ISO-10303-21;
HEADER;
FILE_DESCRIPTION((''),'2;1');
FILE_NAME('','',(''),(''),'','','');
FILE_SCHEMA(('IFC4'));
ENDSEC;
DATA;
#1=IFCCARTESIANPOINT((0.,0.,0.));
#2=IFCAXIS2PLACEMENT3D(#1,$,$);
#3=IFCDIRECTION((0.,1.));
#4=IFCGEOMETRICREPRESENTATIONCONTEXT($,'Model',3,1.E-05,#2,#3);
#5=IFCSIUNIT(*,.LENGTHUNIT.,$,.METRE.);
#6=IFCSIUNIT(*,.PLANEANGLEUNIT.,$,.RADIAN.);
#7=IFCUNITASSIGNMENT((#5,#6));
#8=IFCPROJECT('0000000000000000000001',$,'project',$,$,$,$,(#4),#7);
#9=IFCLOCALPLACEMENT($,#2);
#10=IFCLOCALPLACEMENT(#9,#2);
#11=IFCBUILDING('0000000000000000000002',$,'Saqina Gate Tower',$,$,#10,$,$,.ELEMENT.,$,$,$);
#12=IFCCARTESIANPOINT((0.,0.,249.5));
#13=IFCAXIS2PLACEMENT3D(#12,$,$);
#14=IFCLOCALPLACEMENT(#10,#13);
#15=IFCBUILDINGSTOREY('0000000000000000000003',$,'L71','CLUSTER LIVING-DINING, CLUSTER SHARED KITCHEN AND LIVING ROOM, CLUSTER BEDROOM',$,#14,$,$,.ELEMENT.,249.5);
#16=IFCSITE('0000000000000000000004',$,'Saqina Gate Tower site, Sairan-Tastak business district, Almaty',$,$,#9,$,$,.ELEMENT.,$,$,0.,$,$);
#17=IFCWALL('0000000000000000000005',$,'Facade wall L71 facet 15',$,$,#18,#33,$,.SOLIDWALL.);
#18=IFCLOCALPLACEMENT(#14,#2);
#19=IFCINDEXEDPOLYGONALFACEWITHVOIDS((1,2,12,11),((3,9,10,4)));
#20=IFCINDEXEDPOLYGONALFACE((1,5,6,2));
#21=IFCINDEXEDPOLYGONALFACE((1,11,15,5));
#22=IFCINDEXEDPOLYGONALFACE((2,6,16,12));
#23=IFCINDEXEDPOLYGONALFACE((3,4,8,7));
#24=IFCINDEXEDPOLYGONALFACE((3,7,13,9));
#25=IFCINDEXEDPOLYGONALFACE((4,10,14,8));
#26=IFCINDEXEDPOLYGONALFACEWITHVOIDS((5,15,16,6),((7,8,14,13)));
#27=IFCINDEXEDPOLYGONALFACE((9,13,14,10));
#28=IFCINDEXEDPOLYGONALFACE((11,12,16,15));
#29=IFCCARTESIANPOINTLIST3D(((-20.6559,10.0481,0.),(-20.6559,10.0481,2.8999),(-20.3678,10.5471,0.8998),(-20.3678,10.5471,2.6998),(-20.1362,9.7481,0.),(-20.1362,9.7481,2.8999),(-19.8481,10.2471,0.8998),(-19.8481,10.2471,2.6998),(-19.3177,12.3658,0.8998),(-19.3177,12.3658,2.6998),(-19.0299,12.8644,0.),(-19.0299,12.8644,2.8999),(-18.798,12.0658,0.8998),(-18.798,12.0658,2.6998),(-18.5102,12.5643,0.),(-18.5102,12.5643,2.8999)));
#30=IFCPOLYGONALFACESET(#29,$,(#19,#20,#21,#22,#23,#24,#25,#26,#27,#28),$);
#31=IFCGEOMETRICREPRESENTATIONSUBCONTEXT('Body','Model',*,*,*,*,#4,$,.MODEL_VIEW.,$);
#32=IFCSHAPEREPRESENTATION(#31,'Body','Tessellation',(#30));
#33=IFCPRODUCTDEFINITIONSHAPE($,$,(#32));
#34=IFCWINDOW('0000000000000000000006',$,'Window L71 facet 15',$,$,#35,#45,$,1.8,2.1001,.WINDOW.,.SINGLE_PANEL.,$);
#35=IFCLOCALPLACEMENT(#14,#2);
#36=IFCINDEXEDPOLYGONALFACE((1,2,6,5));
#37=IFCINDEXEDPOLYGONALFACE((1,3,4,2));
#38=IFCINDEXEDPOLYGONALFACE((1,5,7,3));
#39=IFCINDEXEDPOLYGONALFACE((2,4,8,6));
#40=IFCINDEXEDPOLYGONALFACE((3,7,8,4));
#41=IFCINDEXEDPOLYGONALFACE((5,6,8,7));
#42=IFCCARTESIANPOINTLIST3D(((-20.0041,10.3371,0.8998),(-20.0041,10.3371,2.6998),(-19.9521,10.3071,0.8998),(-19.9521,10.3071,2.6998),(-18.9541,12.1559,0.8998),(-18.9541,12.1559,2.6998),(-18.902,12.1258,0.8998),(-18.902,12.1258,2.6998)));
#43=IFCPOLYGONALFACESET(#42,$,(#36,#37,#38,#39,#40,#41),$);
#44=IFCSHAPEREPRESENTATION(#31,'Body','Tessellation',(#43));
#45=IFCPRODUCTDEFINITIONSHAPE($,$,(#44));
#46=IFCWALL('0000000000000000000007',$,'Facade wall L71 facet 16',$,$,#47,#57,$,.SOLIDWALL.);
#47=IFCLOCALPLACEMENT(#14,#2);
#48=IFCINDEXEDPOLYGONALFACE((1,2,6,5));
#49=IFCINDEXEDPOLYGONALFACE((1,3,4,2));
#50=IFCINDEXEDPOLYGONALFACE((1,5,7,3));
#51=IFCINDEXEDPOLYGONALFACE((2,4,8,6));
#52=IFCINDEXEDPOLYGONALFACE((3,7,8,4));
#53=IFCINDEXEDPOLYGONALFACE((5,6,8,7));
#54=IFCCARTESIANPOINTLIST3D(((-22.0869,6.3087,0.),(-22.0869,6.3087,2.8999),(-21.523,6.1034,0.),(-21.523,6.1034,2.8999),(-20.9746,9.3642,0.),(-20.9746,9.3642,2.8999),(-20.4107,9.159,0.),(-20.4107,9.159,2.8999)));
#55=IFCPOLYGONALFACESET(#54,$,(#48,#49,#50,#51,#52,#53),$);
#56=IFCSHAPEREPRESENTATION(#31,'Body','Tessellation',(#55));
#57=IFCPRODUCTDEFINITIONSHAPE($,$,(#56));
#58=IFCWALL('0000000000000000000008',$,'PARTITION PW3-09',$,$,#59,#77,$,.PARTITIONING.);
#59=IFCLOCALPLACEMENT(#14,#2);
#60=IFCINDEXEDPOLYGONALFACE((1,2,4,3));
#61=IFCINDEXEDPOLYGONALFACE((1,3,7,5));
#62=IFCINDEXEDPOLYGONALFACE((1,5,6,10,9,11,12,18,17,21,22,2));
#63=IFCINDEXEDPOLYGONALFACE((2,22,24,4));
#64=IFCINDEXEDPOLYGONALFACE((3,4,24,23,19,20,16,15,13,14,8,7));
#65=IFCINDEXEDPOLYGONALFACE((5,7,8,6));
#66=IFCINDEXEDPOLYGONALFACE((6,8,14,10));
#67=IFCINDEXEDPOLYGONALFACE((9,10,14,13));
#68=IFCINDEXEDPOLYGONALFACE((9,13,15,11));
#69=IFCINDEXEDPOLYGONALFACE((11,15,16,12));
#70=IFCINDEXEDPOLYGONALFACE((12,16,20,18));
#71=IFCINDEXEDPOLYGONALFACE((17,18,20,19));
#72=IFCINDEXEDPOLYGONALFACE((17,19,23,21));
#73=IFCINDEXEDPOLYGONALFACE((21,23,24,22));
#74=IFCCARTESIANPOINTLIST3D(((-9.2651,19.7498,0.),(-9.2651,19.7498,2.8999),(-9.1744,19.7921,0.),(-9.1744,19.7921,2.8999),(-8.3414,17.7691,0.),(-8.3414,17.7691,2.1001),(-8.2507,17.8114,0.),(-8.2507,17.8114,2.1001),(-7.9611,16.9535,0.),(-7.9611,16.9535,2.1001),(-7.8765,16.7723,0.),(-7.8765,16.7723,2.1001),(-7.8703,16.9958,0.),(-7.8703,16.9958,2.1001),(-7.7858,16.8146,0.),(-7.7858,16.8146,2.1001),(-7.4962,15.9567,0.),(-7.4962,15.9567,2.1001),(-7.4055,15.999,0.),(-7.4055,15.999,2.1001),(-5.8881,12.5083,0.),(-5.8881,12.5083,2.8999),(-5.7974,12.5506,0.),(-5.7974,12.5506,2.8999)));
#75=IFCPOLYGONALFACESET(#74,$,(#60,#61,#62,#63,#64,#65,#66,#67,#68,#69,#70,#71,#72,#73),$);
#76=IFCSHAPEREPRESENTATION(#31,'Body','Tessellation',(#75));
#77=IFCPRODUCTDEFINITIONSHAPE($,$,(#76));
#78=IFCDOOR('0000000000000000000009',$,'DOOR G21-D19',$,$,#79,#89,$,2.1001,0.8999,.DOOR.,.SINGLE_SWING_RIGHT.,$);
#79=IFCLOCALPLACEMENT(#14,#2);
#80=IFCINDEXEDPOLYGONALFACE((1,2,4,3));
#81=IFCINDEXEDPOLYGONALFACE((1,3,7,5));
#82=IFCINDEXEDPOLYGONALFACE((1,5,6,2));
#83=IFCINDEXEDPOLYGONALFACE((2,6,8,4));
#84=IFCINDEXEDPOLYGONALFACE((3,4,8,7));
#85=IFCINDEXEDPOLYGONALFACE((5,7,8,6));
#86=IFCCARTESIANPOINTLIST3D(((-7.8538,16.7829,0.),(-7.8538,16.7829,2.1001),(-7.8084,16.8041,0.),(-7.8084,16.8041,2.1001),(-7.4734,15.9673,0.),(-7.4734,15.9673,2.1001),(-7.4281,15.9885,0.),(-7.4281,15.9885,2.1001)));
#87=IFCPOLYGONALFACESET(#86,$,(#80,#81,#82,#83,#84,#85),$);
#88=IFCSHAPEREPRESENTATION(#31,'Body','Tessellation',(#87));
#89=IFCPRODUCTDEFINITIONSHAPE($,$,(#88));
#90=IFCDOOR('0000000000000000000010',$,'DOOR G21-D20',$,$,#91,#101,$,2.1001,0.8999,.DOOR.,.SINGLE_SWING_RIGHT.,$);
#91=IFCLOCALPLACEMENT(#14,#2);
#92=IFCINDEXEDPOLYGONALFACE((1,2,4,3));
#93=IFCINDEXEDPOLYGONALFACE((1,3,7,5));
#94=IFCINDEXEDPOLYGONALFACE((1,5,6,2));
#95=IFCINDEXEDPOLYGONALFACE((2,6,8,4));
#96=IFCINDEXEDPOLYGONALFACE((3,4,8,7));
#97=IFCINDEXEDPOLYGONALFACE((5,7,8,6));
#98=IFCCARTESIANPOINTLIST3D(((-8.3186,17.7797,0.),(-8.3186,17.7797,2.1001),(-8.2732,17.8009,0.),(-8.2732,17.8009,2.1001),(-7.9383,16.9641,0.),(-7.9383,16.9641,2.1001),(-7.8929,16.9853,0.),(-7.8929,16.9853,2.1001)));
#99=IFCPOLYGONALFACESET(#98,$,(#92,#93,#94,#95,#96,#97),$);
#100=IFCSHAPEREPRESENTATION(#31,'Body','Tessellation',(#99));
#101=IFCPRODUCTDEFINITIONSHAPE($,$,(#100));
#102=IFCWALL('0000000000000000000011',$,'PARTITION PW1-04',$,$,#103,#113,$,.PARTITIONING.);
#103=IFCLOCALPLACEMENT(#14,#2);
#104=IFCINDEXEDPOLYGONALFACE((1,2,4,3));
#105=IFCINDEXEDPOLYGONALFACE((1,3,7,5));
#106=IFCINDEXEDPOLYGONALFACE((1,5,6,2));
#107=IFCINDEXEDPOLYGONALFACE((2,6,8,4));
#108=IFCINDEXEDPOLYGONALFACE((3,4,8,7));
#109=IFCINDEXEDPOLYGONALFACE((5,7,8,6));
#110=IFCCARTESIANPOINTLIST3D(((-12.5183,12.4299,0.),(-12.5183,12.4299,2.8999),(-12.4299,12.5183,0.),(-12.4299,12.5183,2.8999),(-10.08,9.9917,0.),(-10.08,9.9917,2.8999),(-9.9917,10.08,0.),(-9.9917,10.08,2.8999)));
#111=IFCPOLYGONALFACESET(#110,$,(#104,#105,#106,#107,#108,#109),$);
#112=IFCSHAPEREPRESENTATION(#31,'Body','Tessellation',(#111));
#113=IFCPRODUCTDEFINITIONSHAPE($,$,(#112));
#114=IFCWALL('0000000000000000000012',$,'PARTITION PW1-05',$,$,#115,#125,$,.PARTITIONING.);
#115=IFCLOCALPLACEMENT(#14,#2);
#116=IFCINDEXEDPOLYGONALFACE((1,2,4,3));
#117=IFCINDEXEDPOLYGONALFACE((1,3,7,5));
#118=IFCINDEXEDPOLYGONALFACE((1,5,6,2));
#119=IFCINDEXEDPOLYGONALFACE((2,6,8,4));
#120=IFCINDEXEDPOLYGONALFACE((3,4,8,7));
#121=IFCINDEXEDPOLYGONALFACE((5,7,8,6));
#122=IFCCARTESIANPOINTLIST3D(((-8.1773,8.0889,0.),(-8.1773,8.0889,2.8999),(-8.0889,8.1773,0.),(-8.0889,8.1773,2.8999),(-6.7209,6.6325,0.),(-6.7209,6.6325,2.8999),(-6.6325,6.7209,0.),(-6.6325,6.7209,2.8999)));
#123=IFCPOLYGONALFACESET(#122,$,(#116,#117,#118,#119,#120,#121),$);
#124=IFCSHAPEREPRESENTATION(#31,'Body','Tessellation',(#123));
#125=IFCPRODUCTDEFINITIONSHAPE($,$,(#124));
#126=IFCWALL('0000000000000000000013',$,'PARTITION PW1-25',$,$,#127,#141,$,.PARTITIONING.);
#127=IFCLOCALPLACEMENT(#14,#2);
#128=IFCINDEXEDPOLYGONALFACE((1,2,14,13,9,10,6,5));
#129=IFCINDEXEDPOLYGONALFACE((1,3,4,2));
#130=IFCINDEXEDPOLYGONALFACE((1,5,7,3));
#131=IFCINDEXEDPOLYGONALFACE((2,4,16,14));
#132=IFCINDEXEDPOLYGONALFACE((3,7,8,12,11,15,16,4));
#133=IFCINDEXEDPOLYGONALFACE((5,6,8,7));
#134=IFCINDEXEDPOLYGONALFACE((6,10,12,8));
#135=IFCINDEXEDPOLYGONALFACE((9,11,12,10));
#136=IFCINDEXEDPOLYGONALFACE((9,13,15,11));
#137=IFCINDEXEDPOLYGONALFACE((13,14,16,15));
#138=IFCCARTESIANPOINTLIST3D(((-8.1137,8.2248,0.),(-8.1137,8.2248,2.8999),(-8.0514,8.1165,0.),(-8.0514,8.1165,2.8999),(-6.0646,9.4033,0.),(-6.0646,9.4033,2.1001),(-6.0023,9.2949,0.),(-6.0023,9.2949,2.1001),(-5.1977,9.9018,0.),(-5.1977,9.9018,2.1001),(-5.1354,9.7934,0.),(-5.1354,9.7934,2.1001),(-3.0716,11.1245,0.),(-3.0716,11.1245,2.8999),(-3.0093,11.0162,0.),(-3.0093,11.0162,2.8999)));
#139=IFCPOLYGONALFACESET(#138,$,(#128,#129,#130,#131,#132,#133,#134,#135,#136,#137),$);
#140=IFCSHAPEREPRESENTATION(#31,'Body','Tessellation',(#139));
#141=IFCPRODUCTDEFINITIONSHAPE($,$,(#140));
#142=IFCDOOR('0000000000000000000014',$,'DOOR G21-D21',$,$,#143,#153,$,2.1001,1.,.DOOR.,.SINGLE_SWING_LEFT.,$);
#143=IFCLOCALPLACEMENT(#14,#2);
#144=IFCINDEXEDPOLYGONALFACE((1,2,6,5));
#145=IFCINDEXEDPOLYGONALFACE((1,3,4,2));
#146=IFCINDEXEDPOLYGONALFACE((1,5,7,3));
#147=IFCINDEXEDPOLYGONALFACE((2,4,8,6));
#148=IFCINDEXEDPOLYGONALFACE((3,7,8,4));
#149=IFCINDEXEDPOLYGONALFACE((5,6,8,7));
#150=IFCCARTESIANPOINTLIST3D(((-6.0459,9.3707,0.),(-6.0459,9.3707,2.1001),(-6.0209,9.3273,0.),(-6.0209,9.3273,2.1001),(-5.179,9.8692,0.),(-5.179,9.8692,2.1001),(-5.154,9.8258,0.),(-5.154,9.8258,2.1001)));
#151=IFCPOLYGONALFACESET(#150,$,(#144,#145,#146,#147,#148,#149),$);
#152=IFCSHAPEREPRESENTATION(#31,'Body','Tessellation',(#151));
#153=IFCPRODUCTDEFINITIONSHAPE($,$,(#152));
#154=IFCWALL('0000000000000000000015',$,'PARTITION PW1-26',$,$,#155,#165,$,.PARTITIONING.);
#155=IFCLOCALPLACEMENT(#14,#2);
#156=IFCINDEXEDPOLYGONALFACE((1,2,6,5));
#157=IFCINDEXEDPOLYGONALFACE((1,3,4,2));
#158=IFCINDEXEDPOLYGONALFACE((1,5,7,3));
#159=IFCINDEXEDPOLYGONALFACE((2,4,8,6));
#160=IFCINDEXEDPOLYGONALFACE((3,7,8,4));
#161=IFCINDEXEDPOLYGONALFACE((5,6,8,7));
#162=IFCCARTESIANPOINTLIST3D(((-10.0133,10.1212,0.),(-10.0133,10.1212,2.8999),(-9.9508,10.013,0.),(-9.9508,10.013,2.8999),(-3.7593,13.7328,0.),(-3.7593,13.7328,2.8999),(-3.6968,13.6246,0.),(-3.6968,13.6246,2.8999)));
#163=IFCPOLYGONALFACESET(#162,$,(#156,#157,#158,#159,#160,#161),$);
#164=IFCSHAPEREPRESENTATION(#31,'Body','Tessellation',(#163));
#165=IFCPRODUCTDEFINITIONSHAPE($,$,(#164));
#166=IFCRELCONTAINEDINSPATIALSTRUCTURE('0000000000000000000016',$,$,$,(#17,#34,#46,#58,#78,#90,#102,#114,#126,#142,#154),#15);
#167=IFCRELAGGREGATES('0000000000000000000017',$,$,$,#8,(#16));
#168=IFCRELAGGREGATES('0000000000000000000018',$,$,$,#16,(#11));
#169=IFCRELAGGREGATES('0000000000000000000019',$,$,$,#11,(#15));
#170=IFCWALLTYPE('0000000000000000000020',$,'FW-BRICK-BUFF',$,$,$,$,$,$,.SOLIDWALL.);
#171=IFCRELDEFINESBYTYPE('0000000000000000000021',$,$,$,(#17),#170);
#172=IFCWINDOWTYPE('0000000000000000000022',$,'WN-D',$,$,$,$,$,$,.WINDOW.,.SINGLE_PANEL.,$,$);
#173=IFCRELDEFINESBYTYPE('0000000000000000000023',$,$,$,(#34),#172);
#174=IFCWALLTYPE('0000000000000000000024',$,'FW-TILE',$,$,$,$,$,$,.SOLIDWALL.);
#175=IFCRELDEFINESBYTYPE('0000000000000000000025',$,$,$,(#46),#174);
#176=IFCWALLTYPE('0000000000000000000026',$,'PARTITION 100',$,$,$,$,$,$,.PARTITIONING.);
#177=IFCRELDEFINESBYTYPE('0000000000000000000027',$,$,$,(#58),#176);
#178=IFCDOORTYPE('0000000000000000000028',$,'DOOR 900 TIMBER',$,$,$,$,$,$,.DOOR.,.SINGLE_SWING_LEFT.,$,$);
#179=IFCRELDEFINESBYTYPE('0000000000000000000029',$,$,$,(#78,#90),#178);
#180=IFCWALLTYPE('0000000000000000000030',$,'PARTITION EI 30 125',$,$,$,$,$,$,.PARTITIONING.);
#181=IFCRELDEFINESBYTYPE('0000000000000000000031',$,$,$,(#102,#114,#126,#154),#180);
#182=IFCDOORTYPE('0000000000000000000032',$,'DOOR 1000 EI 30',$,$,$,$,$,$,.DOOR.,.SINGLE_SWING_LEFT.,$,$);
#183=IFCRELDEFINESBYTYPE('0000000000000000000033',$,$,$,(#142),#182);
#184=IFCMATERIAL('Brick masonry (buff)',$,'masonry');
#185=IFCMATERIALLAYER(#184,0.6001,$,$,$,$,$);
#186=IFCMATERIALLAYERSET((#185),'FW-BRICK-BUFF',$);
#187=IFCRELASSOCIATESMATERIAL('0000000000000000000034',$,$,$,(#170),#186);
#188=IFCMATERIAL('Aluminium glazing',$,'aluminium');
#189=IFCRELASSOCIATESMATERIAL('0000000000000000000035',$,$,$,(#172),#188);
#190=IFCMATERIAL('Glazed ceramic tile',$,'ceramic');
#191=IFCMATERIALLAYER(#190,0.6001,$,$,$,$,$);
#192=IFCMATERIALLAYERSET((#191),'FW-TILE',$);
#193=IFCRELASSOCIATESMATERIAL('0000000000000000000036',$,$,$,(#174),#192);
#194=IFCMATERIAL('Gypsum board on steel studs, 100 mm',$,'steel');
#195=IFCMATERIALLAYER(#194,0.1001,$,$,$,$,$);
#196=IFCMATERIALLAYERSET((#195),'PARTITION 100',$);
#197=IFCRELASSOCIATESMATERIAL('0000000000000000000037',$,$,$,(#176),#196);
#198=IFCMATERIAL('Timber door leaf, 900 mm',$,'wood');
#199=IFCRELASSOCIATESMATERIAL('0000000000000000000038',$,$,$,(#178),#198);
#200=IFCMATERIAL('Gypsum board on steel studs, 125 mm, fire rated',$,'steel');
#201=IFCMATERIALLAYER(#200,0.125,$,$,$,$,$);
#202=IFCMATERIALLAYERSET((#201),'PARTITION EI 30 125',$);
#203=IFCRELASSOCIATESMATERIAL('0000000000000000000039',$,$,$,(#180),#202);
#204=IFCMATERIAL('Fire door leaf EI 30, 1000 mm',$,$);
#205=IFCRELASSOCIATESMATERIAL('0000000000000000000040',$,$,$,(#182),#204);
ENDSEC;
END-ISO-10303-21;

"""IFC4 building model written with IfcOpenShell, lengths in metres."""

from ifc_helpers import new_model, si_unit, direction, frame, frame_2d, origin, place, context, subcontext, project, spatial, rectangle, extrude, material, layer, layer_set, type_object, element, fill, save


model = new_model("IFC4")

# Units and contexts
model_context = context("Model", 3, precision=1e-05, world=origin(), true_north=direction((0.0, 1.0)))
body_context = subcontext(model_context, "Body", "Model", "MODEL_VIEW")
ifc_project = project(units=[si_unit("LENGTHUNIT", "METRE"), si_unit("PLANEANGLEUNIT", "RADIAN")], contexts=[model_context])

# Site, building, storey
site_placement = place(None, origin())
site = spatial("IfcSite", under=ifc_project, at=site_placement, Name="Saqina Gate Tower site, Sairan-Tastak business district, Almaty", CompositionType="ELEMENT", RefElevation=0.0)
building_placement = place(site_placement, origin())
building = spatial("IfcBuilding", under=site, at=building_placement, Name="Saqina Gate Tower", CompositionType="ELEMENT")
storey_placement = place(building_placement, frame((0.0, 0.0, 249.5)))
storey = spatial("IfcBuildingStorey", under=building, at=storey_placement, Name="L71", Description="CLUSTER LIVING-DINING, CLUSTER SHARED KITCHEN AND LIVING ROOM, CLUSTER BEDROOM", CompositionType="ELEMENT", Elevation=249.5)

# Wall, opening, window
ifc_material_1 = material(Name="Brick masonry (buff)", Category="masonry")
ifc_layer_1 = layer(ifc_material_1, 0.6001)
ifc_layer_set_1 = layer_set([ifc_layer_1], Name="FW-BRICK-BUFF")
wall_type_1 = type_object("IfcWallType", Name="FW-BRICK-BUFF", PredefinedType="SOLIDWALL", material=ifc_layer_set_1)
ifc_material_2 = material(Name="Aluminium glazing", Category="aluminium")
window_type = type_object("IfcWindowType", Name="WN-D", PartitioningType="SINGLE_PANEL", PredefinedType="WINDOW", material=ifc_material_2)
wall_1_placement = place(storey_placement, frame((-18.77, 12.7144, 0.0), z_axis=(0.0, 0.0, 1.0), x_axis=(-0.500015, -0.866017, 0.0)))
wall_1 = element("IfcWall", 1, at=wall_1_placement, inside=storey, type_object=wall_type_1, Name="Facade wall L71 facet 15", PredefinedType="SOLIDWALL", context=body_context, shape_type="SweptSolid", body=[
    extrude(rectangle(XDim=3.252, YDim=0.6001, at=frame_2d((1.626, 0.0))), origin(), (0.0, 0.0, 1.0), 2.8999),
])
opening_1_placement = place(wall_1_placement, frame((0.5757, 0.0, 0.8999)))
opening_1 = element("IfcOpeningElement", 2, at=opening_1_placement, cuts=wall_1, PredefinedType="OPENING", context=body_context, shape_type="SweptSolid", body=[
    extrude(rectangle(XDim=2.1001, YDim=1.8, at=frame_2d((1.05, 0.8999))), frame((0.0, 0.312, 0.0), z_axis=(0.0, -1.0, 0.0), x_axis=(1.0, 0.0, 0.0)), (0.0, 0.0, 1.0), 0.624),
])
window_1_placement = place(opening_1_placement, origin())
window_1 = element("IfcWindow", 3, at=window_1_placement, inside=storey, type_object=window_type, Name="Window L71 facet 15", OverallHeight=1.8, OverallWidth=2.1001, PartitioningType="SINGLE_PANEL", PredefinedType="WINDOW", context=body_context, shape_type="SweptSolid", body=[
    extrude(rectangle(XDim=2.1001, YDim=1.8, at=frame_2d((1.05, 0.8999))), frame((0.0, 0.1799, 0.0), z_axis=(0.0, -1.0, 0.0), x_axis=(1.0, 0.0, 0.0)), (0.0, 0.0, 1.0), 0.0601),
])
fill(opening_1, window_1)

# Wall
ifc_material_3 = material(Name="Glazed ceramic tile", Category="ceramic")
ifc_layer_2 = layer(ifc_material_3, 0.6001)
ifc_layer_set_2 = layer_set([ifc_layer_2], Name="FW-TILE")
wall_type_2 = type_object("IfcWallType", Name="FW-TILE", PredefinedType="SOLIDWALL", material=ifc_layer_set_2)
wall_2_placement = place(storey_placement, frame((-20.6926, 9.2617, 0.0), z_axis=(0.0, 0.0, 1.0), x_axis=(-0.342057, -0.939679, 0.0)))
element("IfcWall", 4, at=wall_2_placement, inside=storey, type_object=wall_type_2, Name="Facade wall L71 facet 16", PredefinedType="SOLIDWALL", context=body_context, shape_type="SweptSolid", body=[
    extrude(rectangle(XDim=3.2517, YDim=0.6001, at=frame_2d((1.626, 0.0))), origin(), (0.0, 0.0, 1.0), 2.8999),
])

# Wall, openings, doors
ifc_material_4 = material(Name="Gypsum board on steel studs, 100 mm", Category="steel")
ifc_layer_3 = layer(ifc_material_4, 0.1001)
ifc_layer_set_3 = layer_set([ifc_layer_3], Name="PARTITION 100")
wall_type_3 = type_object("IfcWallType", Name="PARTITION 100", PredefinedType="PARTITIONING", material=ifc_layer_set_3)
wall_3_placement = place(storey_placement, frame((-9.2197, 19.771, 0.0), z_axis=(0.0, 0.0, 1.0), x_axis=(0.42264, -0.906298, 0.0)))
wall_3 = element("IfcWall", 5, at=wall_3_placement, inside=storey, type_object=wall_type_3, Name="PARTITION PW3-09", PredefinedType="PARTITIONING", context=body_context, shape_type="SweptSolid", body=[
    extrude(rectangle(XDim=7.9902, YDim=0.1001, at=frame_2d((3.9951, 0.0))), origin(), (0.0, 0.0, 1.0), 2.8999),
])
opening_2_placement = place(wall_3_placement, frame((3.2854, 0.0, 0.0)))
opening_2 = element("IfcOpeningElement", 6, at=opening_2_placement, cuts=wall_3, PredefinedType="OPENING", context=body_context, shape_type="SweptSolid", body=[
    extrude(rectangle(XDim=0.8999, YDim=2.1001, at=frame_2d((0.45, 1.05))), frame((0.0, 0.062, 0.0), z_axis=(0.0, -1.0, 0.0), x_axis=(1.0, 0.0, 0.0)), (0.0, 0.0, 1.0), 0.124),
])
opening_3_placement = place(wall_3_placement, frame((2.1855, 0.0, 0.0)))
opening_3 = element("IfcOpeningElement", 7, at=opening_3_placement, cuts=wall_3, PredefinedType="OPENING", context=body_context, shape_type="SweptSolid", body=[
    extrude(rectangle(XDim=0.8999, YDim=2.1001, at=frame_2d((0.45, 1.05))), frame((0.0, 0.062, 0.0), z_axis=(0.0, -1.0, 0.0), x_axis=(1.0, 0.0, 0.0)), (0.0, 0.0, 1.0), 0.124),
])
ifc_material_5 = material(Name="Timber door leaf, 900 mm", Category="wood")
door_type_1 = type_object("IfcDoorType", Name="DOOR 900 TIMBER", OperationType="SINGLE_SWING_LEFT", PredefinedType="DOOR", material=ifc_material_5)
door_1_placement = place(opening_2_placement, frame((0.8999, 0.0, 0.0), z_axis=(0.0, 0.0, 1.0), x_axis=(-1.0, 0.0, 0.0)))
door_1 = element("IfcDoor", 8, at=door_1_placement, inside=storey, type_object=door_type_1, Name="DOOR G21-D19", OperationType="SINGLE_SWING_RIGHT", OverallHeight=2.1001, OverallWidth=0.8999, PredefinedType="DOOR", context=body_context, shape_type="SweptSolid", body=[
    extrude(rectangle(XDim=0.8999, YDim=2.1001, at=frame_2d((0.45, 1.05))), frame((0.0, 0.0249, 0.0), z_axis=(0.0, -1.0, 0.0), x_axis=(1.0, 0.0, 0.0)), (0.0, 0.0, 1.0), 0.05),
])
fill(opening_2, door_1)
door_2_placement = place(opening_3_placement, frame((0.8999, 0.0, 0.0), z_axis=(0.0, 0.0, 1.0), x_axis=(-1.0, 0.0, 0.0)))
door_2 = element("IfcDoor", 9, at=door_2_placement, inside=storey, type_object=door_type_1, Name="DOOR G21-D20", OperationType="SINGLE_SWING_RIGHT", OverallHeight=2.1001, OverallWidth=0.8999, PredefinedType="DOOR", context=body_context, shape_type="SweptSolid", body=[
    extrude(rectangle(XDim=0.8999, YDim=2.1001, at=frame_2d((0.45, 1.05))), frame((0.0, 0.0249, 0.0), z_axis=(0.0, -1.0, 0.0), x_axis=(1.0, 0.0, 0.0)), (0.0, 0.0, 1.0), 0.05),
])
fill(opening_3, door_2)

# Walls
ifc_material_6 = material(Name="Gypsum board on steel studs, 125 mm, fire rated", Category="steel")
ifc_layer_4 = layer(ifc_material_6, 0.125)
ifc_layer_set_4 = layer_set([ifc_layer_4], Name="PARTITION EI 30 125")
wall_type_4 = type_object("IfcWallType", Name="PARTITION EI 30 125", PredefinedType="PARTITIONING", material=ifc_layer_set_4)
wall_4_placement = place(storey_placement, frame((-12.4741, 12.4741, 0.0), z_axis=(0.0, 0.0, 1.0), x_axis=(0.707107, -0.707107, 0.0)))
element("IfcWall", 10, at=wall_4_placement, inside=storey, type_object=wall_type_4, Name="PARTITION PW1-04", PredefinedType="PARTITIONING", context=body_context, shape_type="SweptSolid", body=[
    extrude(rectangle(XDim=3.4482, YDim=0.125, at=frame_2d((1.7241, 0.0))), origin(), (0.0, 0.0, 1.0), 2.8999),
])
wall_5_placement = place(storey_placement, frame((-8.1331, 8.1331, 0.0), z_axis=(0.0, 0.0, 1.0), x_axis=(0.707107, -0.707107, 0.0)))
element("IfcWall", 11, at=wall_5_placement, inside=storey, type_object=wall_type_4, Name="PARTITION PW1-05", PredefinedType="PARTITIONING", context=body_context, shape_type="SweptSolid", body=[
    extrude(rectangle(XDim=2.0596, YDim=0.125, at=frame_2d((1.0298, 0.0))), origin(), (0.0, 0.0, 1.0), 2.8999),
])

# Wall, opening, door
wall_6_placement = place(storey_placement, frame((-8.0825, 8.1707, 0.0), z_axis=(0.0, 0.0, 1.0), x_axis=(0.866868, 0.498537, 0.0)))
wall_6 = element("IfcWall", 12, at=wall_6_placement, inside=storey, type_object=wall_type_4, Name="PARTITION PW1-25", PredefinedType="PARTITIONING", context=body_context, shape_type="SweptSolid", body=[
    extrude(rectangle(XDim=5.8164, YDim=0.125, at=frame_2d((2.9082, 0.0))), origin(), (0.0, 0.0, 1.0), 2.8999),
])
opening_4_placement = place(wall_6_placement, frame((2.3638, 0.0, 0.0)))
opening_4 = element("IfcOpeningElement", 13, at=opening_4_placement, cuts=wall_6, PredefinedType="OPENING", context=body_context, shape_type="SweptSolid", body=[
    extrude(rectangle(XDim=1.0, YDim=2.1001, at=frame_2d((0.5, 1.05))), frame((0.0, 0.0745, 0.0), z_axis=(0.0, -1.0, 0.0), x_axis=(1.0, 0.0, 0.0)), (0.0, 0.0, 1.0), 0.1489),
])
ifc_material_7 = material(Name="Fire door leaf EI 30, 1000 mm")
door_type_2 = type_object("IfcDoorType", Name="DOOR 1000 EI 30", OperationType="SINGLE_SWING_LEFT", PredefinedType="DOOR", material=ifc_material_7)
door_3_placement = place(opening_4_placement, origin())
door_3 = element("IfcDoor", 14, at=door_3_placement, inside=storey, type_object=door_type_2, Name="DOOR G21-D21", OperationType="SINGLE_SWING_LEFT", OverallHeight=2.1001, OverallWidth=1.0, PredefinedType="DOOR", context=body_context, shape_type="SweptSolid", body=[
    extrude(rectangle(XDim=1.0, YDim=2.1001, at=frame_2d((0.5, 1.05))), frame((0.0, 0.0249, 0.0), z_axis=(0.0, -1.0, 0.0), x_axis=(1.0, 0.0, 0.0)), (0.0, 0.0, 1.0), 0.05),
])
fill(opening_4, door_3)

# Wall
wall_7_placement = place(storey_placement, frame((-9.9819, 10.0671, 0.0), z_axis=(0.0, 0.0, 1.0), x_axis=(0.865973, 0.500091, 0.0)))
element("IfcWall", 15, at=wall_7_placement, inside=storey, type_object=wall_type_4, Name="PARTITION PW1-26", PredefinedType="PARTITIONING", context=body_context, shape_type="SweptSolid", body=[
    extrude(rectangle(XDim=7.2219, YDim=0.125, at=frame_2d((3.6108, 0.0))), origin(), (0.0, 0.0, 1.0), 2.8999),
])

save(model, "model.ifc")
